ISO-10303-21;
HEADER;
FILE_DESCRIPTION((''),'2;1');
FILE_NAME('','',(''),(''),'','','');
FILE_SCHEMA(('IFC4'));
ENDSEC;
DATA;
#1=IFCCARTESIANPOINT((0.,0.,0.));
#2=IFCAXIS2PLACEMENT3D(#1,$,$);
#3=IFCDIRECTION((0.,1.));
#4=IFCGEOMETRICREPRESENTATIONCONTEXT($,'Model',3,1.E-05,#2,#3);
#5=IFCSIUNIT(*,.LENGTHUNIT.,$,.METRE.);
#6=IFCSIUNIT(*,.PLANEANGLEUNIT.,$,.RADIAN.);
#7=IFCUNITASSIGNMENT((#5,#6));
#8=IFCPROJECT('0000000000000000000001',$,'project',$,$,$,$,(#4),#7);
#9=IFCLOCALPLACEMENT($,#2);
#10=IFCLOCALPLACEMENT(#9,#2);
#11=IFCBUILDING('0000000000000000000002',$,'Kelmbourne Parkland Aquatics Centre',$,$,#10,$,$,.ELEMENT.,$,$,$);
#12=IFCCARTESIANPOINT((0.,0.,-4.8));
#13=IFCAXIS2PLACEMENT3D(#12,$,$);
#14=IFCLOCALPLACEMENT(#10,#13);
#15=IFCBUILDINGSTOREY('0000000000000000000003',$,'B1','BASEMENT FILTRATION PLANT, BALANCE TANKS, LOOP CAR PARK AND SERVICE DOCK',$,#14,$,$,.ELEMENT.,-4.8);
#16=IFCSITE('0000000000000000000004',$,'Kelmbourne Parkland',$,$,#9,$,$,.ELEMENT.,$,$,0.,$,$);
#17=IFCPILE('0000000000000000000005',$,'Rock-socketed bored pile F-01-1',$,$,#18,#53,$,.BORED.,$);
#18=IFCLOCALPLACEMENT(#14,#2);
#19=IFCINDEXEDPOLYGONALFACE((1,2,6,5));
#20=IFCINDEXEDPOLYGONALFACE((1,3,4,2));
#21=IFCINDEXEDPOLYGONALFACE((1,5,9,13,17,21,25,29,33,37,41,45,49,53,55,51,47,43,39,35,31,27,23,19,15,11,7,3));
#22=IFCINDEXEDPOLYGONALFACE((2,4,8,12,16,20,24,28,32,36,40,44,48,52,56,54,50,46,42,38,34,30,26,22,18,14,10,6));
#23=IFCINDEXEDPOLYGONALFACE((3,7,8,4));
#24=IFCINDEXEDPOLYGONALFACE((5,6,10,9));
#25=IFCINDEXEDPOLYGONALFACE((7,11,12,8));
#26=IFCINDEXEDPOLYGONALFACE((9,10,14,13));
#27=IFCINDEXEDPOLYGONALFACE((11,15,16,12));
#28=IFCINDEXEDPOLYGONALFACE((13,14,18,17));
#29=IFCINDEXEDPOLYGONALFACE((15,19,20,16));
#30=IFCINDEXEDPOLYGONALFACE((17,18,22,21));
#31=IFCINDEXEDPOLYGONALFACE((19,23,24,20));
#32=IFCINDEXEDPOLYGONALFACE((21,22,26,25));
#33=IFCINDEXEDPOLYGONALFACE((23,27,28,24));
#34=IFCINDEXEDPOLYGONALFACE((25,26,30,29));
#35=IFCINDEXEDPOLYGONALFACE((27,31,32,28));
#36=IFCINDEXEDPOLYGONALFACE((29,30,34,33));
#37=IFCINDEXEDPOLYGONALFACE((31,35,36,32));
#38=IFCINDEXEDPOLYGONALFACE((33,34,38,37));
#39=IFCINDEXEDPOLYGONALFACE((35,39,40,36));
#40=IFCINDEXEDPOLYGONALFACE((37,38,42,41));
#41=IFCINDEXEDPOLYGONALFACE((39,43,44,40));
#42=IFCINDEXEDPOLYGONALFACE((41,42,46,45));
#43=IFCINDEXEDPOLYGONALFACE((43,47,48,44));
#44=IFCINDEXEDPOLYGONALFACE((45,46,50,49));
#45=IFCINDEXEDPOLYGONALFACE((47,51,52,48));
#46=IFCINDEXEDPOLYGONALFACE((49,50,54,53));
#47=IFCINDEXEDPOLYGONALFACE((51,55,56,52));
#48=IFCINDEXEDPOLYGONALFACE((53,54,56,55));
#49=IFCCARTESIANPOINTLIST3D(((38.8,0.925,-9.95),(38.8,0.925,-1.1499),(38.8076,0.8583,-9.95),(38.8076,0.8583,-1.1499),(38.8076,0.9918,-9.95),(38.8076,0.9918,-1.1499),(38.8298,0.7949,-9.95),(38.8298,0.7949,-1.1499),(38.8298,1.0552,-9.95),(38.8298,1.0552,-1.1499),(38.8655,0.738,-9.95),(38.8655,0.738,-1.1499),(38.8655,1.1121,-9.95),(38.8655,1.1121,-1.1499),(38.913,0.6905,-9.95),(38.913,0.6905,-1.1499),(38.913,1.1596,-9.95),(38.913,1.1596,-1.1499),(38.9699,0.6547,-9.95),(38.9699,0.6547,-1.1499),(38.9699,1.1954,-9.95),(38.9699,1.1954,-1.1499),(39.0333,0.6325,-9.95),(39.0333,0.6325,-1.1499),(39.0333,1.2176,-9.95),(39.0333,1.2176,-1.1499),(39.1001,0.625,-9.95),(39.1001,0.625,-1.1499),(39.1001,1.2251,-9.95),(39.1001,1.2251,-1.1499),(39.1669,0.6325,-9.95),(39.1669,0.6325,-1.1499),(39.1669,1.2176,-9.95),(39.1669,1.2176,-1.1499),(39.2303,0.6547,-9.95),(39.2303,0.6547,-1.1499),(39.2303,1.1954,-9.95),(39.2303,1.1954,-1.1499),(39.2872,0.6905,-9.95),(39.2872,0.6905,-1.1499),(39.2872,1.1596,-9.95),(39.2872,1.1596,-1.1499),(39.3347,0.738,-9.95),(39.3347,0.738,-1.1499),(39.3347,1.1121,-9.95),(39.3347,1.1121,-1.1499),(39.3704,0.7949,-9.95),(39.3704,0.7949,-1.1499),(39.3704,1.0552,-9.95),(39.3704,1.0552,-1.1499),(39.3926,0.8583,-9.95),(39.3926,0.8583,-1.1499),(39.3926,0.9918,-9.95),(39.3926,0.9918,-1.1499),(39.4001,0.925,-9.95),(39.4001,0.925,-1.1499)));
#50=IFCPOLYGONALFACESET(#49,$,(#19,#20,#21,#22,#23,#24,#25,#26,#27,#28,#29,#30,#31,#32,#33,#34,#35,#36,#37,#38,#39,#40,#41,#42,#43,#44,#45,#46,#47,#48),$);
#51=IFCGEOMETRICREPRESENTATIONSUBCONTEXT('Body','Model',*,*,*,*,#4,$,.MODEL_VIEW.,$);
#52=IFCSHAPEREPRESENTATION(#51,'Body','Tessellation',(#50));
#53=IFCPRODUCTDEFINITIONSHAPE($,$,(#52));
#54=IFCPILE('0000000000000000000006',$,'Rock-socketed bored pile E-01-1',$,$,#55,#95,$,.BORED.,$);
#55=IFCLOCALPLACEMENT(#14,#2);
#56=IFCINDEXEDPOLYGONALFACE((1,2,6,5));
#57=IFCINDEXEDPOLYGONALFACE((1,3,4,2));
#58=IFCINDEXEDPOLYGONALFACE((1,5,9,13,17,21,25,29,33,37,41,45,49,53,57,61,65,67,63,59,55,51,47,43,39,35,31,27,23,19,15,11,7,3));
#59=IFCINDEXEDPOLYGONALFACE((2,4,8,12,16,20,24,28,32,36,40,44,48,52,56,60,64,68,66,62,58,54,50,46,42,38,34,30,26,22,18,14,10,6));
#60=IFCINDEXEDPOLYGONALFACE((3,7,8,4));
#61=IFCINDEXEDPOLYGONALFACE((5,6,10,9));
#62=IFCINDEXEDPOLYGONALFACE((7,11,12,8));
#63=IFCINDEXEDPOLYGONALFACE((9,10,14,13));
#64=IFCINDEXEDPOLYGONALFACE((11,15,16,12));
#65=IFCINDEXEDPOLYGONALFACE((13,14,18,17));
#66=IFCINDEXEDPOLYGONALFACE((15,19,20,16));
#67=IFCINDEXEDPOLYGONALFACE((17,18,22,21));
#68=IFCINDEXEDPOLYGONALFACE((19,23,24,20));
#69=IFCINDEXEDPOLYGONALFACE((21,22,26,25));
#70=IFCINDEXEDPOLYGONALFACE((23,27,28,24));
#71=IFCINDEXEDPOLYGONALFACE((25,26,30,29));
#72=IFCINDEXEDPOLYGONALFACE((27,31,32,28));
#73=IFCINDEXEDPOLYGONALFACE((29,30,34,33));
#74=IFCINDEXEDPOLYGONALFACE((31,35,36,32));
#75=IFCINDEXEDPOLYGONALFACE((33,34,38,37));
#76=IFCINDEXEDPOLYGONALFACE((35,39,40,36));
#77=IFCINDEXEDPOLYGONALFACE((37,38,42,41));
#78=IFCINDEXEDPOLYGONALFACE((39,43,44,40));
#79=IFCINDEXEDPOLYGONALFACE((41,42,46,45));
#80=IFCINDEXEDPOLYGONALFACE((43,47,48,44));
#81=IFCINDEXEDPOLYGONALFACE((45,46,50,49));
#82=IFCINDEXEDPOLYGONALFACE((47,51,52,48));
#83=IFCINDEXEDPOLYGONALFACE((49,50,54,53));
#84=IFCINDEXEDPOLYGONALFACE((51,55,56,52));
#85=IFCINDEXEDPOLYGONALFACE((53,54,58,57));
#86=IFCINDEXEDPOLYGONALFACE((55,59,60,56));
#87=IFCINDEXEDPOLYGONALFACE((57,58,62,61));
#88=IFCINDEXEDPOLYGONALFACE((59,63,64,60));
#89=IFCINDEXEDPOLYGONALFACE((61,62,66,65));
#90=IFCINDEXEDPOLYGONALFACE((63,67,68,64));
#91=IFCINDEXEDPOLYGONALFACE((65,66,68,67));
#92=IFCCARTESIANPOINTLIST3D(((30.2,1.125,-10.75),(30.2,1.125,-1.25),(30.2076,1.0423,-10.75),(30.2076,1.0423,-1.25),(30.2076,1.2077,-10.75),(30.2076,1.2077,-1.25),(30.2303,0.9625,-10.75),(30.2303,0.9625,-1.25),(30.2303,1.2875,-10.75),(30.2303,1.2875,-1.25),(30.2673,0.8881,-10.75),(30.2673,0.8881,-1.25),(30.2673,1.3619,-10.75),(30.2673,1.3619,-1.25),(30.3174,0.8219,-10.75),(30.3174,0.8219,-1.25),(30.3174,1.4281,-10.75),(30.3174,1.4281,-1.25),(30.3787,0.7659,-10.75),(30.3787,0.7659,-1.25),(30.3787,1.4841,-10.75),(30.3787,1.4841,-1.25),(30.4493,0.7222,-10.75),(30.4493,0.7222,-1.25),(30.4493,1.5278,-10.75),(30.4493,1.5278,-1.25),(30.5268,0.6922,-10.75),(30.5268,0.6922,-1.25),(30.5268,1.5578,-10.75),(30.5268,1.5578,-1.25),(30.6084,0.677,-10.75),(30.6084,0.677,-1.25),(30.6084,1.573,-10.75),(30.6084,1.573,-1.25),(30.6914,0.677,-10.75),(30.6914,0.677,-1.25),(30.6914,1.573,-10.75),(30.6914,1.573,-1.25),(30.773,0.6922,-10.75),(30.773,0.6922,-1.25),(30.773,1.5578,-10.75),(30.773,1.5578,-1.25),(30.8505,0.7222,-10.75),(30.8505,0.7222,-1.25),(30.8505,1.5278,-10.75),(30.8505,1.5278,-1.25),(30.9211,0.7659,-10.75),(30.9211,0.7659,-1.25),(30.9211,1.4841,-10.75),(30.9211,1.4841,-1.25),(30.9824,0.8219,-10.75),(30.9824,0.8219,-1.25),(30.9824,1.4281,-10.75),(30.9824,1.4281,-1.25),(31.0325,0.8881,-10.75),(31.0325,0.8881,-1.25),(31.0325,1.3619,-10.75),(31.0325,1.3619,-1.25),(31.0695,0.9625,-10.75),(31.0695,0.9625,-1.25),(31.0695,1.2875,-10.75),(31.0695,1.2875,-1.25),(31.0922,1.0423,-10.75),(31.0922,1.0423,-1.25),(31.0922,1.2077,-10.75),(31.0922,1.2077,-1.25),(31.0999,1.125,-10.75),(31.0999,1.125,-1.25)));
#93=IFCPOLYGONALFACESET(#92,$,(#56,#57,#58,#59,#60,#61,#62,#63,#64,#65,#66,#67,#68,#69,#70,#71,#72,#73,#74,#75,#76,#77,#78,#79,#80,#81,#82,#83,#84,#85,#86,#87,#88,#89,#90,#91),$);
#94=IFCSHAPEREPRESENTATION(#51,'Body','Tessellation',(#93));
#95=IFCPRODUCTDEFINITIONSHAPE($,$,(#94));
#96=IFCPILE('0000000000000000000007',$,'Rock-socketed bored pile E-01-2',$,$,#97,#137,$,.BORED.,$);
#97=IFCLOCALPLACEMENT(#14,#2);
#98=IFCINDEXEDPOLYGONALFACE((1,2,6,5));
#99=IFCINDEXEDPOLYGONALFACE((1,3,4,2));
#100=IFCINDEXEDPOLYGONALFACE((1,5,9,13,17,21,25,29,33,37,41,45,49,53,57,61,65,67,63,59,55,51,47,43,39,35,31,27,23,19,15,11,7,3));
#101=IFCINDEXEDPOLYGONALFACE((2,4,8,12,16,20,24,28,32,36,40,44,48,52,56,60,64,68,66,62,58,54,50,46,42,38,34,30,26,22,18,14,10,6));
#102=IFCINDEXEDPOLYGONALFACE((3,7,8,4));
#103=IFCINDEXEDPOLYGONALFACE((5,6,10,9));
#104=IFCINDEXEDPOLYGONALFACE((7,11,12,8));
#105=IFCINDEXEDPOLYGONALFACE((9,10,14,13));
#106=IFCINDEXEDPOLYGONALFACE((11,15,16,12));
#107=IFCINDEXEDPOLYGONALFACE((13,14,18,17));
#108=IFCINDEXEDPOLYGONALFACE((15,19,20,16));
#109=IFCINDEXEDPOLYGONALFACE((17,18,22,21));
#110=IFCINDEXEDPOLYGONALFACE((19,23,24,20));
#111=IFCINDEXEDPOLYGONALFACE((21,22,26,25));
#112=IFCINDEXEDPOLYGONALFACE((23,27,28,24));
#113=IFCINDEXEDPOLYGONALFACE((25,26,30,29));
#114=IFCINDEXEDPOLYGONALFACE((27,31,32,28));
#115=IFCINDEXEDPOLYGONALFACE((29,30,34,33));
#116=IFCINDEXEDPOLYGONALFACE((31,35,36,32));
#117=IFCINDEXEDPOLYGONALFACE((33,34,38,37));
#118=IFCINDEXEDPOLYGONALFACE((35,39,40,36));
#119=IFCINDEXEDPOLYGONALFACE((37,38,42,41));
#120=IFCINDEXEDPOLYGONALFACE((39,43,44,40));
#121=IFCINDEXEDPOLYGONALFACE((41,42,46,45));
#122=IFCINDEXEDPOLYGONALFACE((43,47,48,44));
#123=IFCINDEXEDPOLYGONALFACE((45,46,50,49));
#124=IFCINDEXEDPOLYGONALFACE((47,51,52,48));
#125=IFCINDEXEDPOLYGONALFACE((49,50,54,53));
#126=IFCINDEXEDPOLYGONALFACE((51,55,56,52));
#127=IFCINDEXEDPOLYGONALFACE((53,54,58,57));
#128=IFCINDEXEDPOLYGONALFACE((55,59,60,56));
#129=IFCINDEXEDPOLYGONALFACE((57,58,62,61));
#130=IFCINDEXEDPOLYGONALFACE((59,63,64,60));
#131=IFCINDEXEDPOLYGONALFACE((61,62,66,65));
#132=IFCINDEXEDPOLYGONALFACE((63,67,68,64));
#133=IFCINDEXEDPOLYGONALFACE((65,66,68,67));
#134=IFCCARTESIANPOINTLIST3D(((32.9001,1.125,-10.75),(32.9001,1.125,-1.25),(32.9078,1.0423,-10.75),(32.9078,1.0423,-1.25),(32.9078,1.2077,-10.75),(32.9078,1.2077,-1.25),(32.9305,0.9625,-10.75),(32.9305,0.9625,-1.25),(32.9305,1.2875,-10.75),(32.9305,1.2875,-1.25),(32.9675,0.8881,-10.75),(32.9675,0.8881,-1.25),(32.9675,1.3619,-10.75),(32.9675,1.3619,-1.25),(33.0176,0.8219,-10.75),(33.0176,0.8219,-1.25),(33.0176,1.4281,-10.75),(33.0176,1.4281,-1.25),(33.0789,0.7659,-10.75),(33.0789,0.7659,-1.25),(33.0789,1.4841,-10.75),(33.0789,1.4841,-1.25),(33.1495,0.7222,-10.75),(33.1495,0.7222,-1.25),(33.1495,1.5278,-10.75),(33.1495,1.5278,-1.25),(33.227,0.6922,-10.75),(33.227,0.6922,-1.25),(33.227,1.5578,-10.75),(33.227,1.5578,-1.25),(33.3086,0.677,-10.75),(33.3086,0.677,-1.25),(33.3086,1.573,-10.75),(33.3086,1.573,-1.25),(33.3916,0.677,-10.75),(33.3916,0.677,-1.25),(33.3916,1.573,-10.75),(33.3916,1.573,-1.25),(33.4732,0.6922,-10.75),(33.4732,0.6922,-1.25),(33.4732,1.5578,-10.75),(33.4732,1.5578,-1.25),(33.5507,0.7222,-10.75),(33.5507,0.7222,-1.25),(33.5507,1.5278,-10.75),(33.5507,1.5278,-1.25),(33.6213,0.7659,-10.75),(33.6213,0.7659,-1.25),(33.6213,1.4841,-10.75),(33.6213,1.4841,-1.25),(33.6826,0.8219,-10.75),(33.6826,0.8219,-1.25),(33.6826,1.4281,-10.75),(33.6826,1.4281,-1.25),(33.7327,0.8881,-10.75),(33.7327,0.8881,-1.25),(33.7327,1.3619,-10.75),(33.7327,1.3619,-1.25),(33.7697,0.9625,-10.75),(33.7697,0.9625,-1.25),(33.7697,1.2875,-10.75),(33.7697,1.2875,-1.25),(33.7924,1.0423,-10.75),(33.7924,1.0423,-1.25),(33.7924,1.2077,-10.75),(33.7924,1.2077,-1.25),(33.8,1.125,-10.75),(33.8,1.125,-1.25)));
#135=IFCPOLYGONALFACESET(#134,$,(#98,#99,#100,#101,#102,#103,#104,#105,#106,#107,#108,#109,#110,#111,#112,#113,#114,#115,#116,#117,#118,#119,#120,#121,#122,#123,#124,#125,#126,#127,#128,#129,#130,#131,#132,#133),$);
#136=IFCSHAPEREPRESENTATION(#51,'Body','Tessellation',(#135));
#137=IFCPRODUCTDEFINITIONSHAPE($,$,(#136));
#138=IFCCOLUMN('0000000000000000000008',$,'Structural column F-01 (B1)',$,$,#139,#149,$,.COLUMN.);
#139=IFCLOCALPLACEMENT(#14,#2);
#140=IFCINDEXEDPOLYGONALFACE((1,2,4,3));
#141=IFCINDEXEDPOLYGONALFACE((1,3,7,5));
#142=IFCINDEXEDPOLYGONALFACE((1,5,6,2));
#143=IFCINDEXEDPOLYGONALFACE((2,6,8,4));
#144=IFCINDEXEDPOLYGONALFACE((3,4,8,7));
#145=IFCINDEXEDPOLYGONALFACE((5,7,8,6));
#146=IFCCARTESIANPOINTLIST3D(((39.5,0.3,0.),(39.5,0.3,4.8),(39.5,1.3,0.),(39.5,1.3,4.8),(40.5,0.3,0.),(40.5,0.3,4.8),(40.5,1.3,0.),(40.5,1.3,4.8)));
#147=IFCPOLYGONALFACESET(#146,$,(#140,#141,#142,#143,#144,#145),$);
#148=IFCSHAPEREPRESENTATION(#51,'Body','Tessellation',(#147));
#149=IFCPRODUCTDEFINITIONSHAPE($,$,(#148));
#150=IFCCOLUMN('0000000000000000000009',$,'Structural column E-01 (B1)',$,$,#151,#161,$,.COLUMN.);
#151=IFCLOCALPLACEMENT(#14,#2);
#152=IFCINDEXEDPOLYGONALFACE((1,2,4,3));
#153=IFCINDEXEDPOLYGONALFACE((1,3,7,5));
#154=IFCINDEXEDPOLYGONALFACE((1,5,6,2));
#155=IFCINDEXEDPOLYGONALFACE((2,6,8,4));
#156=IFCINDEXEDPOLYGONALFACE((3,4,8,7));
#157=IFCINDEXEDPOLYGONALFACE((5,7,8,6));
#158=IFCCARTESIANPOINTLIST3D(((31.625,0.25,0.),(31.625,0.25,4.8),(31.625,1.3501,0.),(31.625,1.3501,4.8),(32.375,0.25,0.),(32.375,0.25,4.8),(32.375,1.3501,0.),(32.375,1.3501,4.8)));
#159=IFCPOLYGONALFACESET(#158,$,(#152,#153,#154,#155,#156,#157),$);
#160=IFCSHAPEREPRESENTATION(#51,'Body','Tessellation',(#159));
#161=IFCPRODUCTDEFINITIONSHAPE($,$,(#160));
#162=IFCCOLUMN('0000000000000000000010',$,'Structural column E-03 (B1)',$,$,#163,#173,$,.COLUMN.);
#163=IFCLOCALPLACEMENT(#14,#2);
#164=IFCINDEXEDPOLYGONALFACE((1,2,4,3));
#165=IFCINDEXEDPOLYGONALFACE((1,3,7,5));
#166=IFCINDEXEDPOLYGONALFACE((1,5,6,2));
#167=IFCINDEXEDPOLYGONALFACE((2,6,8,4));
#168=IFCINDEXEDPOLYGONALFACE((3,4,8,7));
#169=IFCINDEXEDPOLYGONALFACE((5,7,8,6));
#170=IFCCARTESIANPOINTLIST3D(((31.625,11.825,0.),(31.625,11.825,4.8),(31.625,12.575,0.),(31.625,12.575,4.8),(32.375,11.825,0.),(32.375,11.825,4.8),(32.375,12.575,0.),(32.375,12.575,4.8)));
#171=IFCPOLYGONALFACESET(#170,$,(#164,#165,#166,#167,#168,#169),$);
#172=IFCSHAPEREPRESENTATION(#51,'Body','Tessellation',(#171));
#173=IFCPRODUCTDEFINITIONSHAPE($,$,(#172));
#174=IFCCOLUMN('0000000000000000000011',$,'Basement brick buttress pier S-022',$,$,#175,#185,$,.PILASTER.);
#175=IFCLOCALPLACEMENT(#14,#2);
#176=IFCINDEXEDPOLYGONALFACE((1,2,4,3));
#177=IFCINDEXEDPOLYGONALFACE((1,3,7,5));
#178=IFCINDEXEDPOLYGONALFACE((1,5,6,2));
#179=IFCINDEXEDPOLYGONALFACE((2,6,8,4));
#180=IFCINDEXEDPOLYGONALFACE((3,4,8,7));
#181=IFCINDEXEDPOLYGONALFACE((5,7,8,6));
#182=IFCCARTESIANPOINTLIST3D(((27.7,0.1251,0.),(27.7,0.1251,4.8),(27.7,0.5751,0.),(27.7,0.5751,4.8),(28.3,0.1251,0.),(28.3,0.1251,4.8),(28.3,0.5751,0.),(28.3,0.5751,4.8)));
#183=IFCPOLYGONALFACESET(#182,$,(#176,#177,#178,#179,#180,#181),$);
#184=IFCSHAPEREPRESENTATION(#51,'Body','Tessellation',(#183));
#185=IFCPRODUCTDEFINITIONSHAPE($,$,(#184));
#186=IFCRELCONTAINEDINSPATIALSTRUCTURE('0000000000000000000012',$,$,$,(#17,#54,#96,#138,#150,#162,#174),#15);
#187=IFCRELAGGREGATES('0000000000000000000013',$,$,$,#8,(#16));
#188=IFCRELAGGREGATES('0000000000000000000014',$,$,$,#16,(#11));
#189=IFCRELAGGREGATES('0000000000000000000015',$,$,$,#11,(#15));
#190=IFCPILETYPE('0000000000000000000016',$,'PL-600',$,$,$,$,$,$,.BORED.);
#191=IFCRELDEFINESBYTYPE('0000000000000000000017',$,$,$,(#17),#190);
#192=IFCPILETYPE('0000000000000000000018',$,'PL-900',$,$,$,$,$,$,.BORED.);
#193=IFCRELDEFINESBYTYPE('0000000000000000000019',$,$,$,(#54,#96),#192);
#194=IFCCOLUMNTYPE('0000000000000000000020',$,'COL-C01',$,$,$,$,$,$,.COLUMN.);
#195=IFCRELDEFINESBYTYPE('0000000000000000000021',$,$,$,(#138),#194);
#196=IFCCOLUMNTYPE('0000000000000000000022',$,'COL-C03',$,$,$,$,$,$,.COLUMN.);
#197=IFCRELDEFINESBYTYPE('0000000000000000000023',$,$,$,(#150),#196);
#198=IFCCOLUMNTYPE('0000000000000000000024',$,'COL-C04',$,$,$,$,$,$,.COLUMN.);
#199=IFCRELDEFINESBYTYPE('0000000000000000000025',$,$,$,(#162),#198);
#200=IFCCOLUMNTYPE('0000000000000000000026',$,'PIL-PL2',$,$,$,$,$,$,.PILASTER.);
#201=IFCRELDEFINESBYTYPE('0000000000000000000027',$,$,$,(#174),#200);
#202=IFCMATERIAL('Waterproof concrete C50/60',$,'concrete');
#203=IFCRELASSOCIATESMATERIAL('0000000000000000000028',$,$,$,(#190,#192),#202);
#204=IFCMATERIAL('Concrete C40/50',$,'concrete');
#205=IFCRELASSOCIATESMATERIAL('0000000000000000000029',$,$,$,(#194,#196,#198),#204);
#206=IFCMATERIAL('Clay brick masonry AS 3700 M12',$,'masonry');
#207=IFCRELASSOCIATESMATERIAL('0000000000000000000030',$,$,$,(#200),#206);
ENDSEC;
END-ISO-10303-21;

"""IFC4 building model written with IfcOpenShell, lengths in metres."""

from ifc_helpers import new_model, si_unit, direction, frame, origin, origin_2d, place, context, subcontext, project, spatial, rectangle, circle, extrude, material, material_profile, profile_set, type_object, element, save


model = new_model("IFC4")

# Units and contexts
model_context = context("Model", 3, precision=1e-05, world=origin(), true_north=direction((0.0, 1.0)))
body_context = subcontext(model_context, "Body", "Model", "MODEL_VIEW")
ifc_project = project(units=[si_unit("LENGTHUNIT", "METRE"), si_unit("PLANEANGLEUNIT", "RADIAN")], contexts=[model_context])

# Site, building, storey
site_placement = place(None, origin())
site = spatial("IfcSite", under=ifc_project, at=site_placement, Name="Kelmbourne Parkland", CompositionType="ELEMENT", RefElevation=0.0)
building_placement = place(site_placement, origin())
building = spatial("IfcBuilding", under=site, at=building_placement, Name="Kelmbourne Parkland Aquatics Centre", CompositionType="ELEMENT")
storey_placement = place(building_placement, frame((0.0, 0.0, -4.8)))
storey = spatial("IfcBuildingStorey", under=building, at=storey_placement, Name="B1", Description="BASEMENT FILTRATION PLANT, BALANCE TANKS, LOOP CAR PARK AND SERVICE DOCK", CompositionType="ELEMENT", Elevation=-4.8)

# Shared definitions
ifc_material_1 = material(Name="Waterproof concrete C50/60", Category="concrete")

# Piles
ifc_material_profile_1 = material_profile(ifc_material_1, circle(Radius=0.3, at=origin_2d()), Name="PILE D600")
ifc_profile_set_1 = profile_set([ifc_material_profile_1], Name="Waterproof concrete C50/60")
pile_type_1 = type_object("IfcPileType", Name="PL-600", PredefinedType="BORED", material=ifc_profile_set_1)
pile_placement = place(storey_placement, frame((39.1001, 0.925, -1.1499), z_axis=(0.0, 0.0, -1.0), x_axis=(1.0, 0.0, 0.0)))
element("IfcPile", 1, at=pile_placement, inside=storey, type_object=pile_type_1, Name="Rock-socketed bored pile F-01-1", PredefinedType="BORED", context=body_context, shape_type="SweptSolid", body=[
    extrude(circle(Radius=0.3, at=origin_2d()), origin(), (0.0, 0.0, 1.0), 8.8),
])
ifc_material_profile_2 = material_profile(ifc_material_1, circle(Radius=0.45, at=origin_2d()), Name="PILE D900")
ifc_profile_set_2 = profile_set([ifc_material_profile_2], Name="Waterproof concrete C50/60")
pile_type_2 = type_object("IfcPileType", Name="PL-900", PredefinedType="BORED", material=ifc_profile_set_2)
for number, where, z_axis, x_axis, name in (
    (2, (30.6499, 1.125, -1.25), (0.0, 0.0, -1.0), (1.0, 0.0, 0.0), "Rock-socketed bored pile E-01-1"),
    (3, (33.3501, 1.125, -1.25), (0.0, 0.0, -1.0), (1.0, 0.0, 0.0), "Rock-socketed bored pile E-01-2"),
):
    element("IfcPile", number, at=place(storey_placement, frame(where, z_axis=z_axis, x_axis=x_axis)), inside=storey, type_object=pile_type_2, Name=name, PredefinedType="BORED", context=body_context, shape_type="SweptSolid", body=[
        extrude(circle(Radius=0.45, at=origin_2d()), origin(), (0.0, 0.0, 1.0), 9.5),
    ])

# Columns
ifc_material_2 = material(Name="Concrete C40/50", Category="concrete")
ifc_material_profile_3 = material_profile(ifc_material_2, rectangle(XDim=1.0, YDim=1.0, at=origin_2d()), Name="RC 1000x1000")
ifc_profile_set_3 = profile_set([ifc_material_profile_3], Name="Concrete C40/50")
column_type_1 = type_object("IfcColumnType", Name="COL-C01", PredefinedType="COLUMN", material=ifc_profile_set_3)
column_1_placement = place(storey_placement, frame((40.0, 0.8, 0.0), z_axis=(0.0, 0.0, 1.0), x_axis=(1.0, 0.0, 0.0)))
element("IfcColumn", 4, at=column_1_placement, inside=storey, type_object=column_type_1, Name="Structural column F-01 (B1)", PredefinedType="COLUMN", context=body_context, shape_type="SweptSolid", body=[
    extrude(rectangle(XDim=1.0, YDim=1.0, at=origin_2d()), origin(), (0.0, 0.0, 1.0), 4.8),
])
ifc_material_profile_4 = material_profile(ifc_material_2, rectangle(XDim=0.75, YDim=1.1001, at=origin_2d()), Name="RC 750x1100")
ifc_profile_set_4 = profile_set([ifc_material_profile_4], Name="Concrete C40/50")
column_type_2 = type_object("IfcColumnType", Name="COL-C03", PredefinedType="COLUMN", material=ifc_profile_set_4)
column_2_placement = place(storey_placement, frame((32.0, 0.8, 0.0), z_axis=(0.0, 0.0, 1.0), x_axis=(1.0, 0.0, 0.0)))
element("IfcColumn", 5, at=column_2_placement, inside=storey, type_object=column_type_2, Name="Structural column E-01 (B1)", PredefinedType="COLUMN", context=body_context, shape_type="SweptSolid", body=[
    extrude(rectangle(XDim=0.75, YDim=1.1001, at=origin_2d()), origin(), (0.0, 0.0, 1.0), 4.8),
])
ifc_material_profile_5 = material_profile(ifc_material_2, rectangle(XDim=0.75, YDim=0.75, at=origin_2d()), Name="RC 750x750")
ifc_profile_set_5 = profile_set([ifc_material_profile_5], Name="Concrete C40/50")
column_type_3 = type_object("IfcColumnType", Name="COL-C04", PredefinedType="COLUMN", material=ifc_profile_set_5)
column_3_placement = place(storey_placement, frame((32.0, 12.2, 0.0), z_axis=(0.0, 0.0, 1.0), x_axis=(1.0, 0.0, 0.0)))
element("IfcColumn", 6, at=column_3_placement, inside=storey, type_object=column_type_3, Name="Structural column E-03 (B1)", PredefinedType="COLUMN", context=body_context, shape_type="SweptSolid", body=[
    extrude(rectangle(XDim=0.75, YDim=0.75, at=origin_2d()), origin(), (0.0, 0.0, 1.0), 4.8),
])
ifc_material_3 = material(Name="Clay brick masonry AS 3700 M12", Category="masonry")
ifc_material_profile_6 = material_profile(ifc_material_3, rectangle(XDim=0.45, YDim=0.6001, at=origin_2d()), Name="PIL 450x600")
ifc_profile_set_6 = profile_set([ifc_material_profile_6], Name="Clay brick masonry AS 3700 M12")
column_type_4 = type_object("IfcColumnType", Name="PIL-PL2", PredefinedType="PILASTER", material=ifc_profile_set_6)
for number, where, z_axis, x_axis, name in (
    (7, (28.0, 0.3501, 0.0), (0.0, 0.0, 1.0), (0.0, 1.0, 0.0), "Basement brick buttress pier S-022"),
):
    element("IfcColumn", number, at=place(storey_placement, frame(where, z_axis=z_axis, x_axis=x_axis)), inside=storey, type_object=column_type_4, Name=name, PredefinedType="PILASTER", context=body_context, shape_type="SweptSolid", body=[
        extrude(rectangle(XDim=0.45, YDim=0.6001, at=origin_2d()), origin(), (0.0, 0.0, 1.0), 4.8),
    ])

save(model, "model.ifc")
